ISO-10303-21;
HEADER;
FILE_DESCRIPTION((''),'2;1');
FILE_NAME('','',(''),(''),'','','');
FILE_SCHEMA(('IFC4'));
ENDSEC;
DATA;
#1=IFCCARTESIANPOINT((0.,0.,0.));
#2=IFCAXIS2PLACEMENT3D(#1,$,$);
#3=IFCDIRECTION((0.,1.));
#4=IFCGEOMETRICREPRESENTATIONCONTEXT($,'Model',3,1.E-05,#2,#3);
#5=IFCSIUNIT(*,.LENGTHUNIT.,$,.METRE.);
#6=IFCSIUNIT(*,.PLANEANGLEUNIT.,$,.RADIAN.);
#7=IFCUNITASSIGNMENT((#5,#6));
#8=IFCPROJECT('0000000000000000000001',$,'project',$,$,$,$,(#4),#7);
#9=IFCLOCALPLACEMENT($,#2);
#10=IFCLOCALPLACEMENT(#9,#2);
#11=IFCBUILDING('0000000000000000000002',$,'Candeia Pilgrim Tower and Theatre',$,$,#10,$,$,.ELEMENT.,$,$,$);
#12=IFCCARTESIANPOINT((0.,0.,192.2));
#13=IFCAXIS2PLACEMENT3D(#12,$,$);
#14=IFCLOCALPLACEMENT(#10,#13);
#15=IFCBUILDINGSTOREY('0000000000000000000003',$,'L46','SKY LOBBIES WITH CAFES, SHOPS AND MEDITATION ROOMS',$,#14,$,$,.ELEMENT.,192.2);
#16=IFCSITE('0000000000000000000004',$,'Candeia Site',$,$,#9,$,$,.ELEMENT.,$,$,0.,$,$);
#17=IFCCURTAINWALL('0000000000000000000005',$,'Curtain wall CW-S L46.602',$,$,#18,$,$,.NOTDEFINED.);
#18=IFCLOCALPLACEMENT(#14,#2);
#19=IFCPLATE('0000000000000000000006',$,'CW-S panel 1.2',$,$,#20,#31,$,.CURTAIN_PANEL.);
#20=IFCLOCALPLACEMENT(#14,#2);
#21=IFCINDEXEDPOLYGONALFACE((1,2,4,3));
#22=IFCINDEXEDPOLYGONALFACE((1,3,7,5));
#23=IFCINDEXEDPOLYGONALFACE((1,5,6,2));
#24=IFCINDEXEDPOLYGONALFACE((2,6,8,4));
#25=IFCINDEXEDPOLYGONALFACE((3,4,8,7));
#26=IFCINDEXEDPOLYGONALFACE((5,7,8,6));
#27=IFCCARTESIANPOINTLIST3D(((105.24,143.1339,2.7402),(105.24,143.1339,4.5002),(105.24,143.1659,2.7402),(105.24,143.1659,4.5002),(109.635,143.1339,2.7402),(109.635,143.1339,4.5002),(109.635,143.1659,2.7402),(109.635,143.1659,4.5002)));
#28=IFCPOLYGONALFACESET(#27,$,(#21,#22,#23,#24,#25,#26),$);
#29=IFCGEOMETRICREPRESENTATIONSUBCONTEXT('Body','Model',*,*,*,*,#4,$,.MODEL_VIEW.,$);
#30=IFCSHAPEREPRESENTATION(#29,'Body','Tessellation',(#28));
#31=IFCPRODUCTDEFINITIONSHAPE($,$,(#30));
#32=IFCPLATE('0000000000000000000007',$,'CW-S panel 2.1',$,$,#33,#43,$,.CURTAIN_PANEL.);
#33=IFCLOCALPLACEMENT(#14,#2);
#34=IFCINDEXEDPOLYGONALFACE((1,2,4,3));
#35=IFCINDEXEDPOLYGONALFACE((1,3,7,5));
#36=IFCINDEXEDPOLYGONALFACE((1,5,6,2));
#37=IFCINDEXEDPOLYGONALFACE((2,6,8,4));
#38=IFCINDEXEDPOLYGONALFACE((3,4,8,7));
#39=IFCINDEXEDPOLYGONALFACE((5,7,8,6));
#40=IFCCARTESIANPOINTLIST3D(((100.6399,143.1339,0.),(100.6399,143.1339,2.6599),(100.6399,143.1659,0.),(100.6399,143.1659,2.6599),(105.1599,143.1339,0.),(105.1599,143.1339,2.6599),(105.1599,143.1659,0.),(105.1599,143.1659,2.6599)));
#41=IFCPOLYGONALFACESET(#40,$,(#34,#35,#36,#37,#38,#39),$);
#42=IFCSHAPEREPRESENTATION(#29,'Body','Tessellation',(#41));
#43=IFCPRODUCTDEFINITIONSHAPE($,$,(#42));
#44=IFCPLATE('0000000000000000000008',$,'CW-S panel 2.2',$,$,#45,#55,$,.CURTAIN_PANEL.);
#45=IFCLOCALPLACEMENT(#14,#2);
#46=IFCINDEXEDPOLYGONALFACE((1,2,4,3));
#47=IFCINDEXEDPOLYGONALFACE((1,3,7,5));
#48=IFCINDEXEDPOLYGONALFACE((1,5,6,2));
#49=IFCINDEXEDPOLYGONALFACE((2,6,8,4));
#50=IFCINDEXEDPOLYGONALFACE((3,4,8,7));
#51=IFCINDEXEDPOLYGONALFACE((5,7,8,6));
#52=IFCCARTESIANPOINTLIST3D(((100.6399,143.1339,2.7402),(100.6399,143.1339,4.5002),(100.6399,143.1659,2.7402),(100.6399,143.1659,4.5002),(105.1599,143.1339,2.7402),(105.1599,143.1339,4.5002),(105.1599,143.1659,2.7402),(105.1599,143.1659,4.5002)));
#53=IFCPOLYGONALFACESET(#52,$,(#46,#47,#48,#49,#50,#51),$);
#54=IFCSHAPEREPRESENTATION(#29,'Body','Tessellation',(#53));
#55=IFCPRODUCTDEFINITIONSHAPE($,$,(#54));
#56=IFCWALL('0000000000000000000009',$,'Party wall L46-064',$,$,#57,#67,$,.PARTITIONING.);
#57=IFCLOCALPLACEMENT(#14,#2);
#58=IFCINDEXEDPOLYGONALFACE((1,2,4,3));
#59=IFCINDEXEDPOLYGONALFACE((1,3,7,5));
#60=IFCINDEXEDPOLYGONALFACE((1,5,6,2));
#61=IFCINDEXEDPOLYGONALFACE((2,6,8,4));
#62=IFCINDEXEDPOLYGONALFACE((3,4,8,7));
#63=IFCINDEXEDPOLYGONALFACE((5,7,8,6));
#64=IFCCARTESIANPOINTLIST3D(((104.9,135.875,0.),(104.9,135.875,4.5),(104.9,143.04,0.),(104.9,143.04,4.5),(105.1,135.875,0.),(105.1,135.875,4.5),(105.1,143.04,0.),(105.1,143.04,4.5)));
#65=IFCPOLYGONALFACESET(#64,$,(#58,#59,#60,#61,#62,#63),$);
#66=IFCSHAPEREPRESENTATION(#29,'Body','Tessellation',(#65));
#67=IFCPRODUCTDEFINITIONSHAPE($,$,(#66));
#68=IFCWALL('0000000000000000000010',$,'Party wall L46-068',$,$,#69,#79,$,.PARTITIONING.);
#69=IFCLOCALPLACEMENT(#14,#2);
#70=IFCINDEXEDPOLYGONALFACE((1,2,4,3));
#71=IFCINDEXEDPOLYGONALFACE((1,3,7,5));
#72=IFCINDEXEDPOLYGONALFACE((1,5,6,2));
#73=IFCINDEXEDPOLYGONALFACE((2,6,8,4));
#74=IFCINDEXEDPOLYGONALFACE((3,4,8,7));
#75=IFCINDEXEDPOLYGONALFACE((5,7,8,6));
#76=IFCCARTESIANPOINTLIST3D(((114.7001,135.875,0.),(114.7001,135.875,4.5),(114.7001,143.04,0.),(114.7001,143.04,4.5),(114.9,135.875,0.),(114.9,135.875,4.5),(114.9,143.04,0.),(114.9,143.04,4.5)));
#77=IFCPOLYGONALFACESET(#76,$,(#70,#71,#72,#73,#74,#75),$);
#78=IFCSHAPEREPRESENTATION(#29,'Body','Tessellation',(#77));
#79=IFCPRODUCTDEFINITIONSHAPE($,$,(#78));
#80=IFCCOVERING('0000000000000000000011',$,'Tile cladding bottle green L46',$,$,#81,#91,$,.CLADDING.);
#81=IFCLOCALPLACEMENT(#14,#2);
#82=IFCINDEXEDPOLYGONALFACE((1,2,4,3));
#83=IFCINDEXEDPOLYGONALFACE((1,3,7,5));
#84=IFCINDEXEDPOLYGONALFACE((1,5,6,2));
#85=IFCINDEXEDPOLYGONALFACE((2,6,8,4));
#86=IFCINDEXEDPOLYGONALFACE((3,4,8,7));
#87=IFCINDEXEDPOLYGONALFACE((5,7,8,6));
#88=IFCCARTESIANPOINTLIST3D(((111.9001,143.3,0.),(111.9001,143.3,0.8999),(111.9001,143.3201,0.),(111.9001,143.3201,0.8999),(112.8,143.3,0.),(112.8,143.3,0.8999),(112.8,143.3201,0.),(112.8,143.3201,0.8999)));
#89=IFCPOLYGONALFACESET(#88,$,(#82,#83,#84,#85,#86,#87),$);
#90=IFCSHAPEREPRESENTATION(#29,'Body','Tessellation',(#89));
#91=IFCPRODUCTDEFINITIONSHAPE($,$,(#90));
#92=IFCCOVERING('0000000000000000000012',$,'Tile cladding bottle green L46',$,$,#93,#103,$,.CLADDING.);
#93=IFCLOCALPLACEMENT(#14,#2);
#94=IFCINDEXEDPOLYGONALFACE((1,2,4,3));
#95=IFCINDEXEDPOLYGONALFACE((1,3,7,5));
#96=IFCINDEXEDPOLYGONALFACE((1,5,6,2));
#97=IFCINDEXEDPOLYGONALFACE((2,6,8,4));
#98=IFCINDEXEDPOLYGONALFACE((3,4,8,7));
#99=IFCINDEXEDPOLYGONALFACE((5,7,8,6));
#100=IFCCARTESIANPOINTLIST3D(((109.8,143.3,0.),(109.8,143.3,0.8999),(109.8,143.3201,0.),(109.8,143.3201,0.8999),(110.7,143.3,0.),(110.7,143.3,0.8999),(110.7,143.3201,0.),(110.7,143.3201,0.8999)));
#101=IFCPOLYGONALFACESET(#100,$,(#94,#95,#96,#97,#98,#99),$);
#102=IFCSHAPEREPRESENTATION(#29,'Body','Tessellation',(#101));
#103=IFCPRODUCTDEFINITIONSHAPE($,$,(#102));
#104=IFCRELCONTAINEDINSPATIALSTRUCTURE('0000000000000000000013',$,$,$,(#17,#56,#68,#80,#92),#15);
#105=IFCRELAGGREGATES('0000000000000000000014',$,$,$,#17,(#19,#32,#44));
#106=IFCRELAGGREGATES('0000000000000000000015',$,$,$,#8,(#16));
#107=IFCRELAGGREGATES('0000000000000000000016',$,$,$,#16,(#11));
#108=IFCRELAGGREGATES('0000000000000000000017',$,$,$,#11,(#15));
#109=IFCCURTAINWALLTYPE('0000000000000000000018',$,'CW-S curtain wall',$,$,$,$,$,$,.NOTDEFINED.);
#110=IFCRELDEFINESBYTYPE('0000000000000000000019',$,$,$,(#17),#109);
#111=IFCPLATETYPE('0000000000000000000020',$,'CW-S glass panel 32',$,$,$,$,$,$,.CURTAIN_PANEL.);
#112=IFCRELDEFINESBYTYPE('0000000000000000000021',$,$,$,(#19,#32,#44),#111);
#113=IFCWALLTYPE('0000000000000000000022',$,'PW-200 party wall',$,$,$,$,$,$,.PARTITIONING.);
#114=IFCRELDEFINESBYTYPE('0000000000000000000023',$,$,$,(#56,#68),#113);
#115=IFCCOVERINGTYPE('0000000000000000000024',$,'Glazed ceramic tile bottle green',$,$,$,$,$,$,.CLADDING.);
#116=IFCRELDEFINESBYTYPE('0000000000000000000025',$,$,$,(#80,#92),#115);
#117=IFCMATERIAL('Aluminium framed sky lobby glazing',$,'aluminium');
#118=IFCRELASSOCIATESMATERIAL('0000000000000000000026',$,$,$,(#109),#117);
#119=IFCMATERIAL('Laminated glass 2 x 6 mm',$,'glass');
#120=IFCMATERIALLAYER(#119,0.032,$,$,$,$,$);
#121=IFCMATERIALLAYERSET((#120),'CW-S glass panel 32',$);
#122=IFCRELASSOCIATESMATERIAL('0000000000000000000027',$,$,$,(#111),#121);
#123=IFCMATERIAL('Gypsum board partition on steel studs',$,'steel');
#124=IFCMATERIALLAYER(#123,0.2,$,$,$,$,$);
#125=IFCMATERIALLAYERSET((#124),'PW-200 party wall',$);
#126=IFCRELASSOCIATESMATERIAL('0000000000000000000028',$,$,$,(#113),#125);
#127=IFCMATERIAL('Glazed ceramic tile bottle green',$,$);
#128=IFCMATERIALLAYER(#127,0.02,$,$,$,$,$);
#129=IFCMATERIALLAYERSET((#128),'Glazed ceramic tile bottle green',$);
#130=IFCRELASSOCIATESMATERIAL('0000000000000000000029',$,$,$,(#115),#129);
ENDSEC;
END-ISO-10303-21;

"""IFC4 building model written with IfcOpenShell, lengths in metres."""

from ifc_helpers import new_model, si_unit, direction, frame, frame_2d, origin, origin_2d, place, context, subcontext, project, spatial, rectangle, extrude, material, layer, layer_set, type_object, element, aggregate, save


model = new_model("IFC4")

# Units and contexts
model_context = context("Model", 3, precision=1e-05, world=origin(), true_north=direction((0.0, 1.0)))
body_context = subcontext(model_context, "Body", "Model", "MODEL_VIEW")
ifc_project = project(units=[si_unit("LENGTHUNIT", "METRE"), si_unit("PLANEANGLEUNIT", "RADIAN")], contexts=[model_context])

# Site, building, storey
site_placement = place(None, origin())
site = spatial("IfcSite", under=ifc_project, at=site_placement, Name="Candeia Site", CompositionType="ELEMENT", RefElevation=0.0)
building_placement = place(site_placement, origin())
building = spatial("IfcBuilding", under=site, at=building_placement, Name="Candeia Pilgrim Tower and Theatre", CompositionType="ELEMENT")
storey_placement = place(building_placement, frame((0.0, 0.0, 192.2)))
storey = spatial("IfcBuildingStorey", under=building, at=storey_placement, Name="L46", Description="SKY LOBBIES WITH CAFES, SHOPS AND MEDITATION ROOMS", CompositionType="ELEMENT", Elevation=192.2)

# Shared definitions
ifc_material_1 = material(Name="Aluminium framed sky lobby glazing", Category="aluminium")
curtain_wall_type = type_object("IfcCurtainWallType", Name="CW-S curtain wall", PredefinedType="NOTDEFINED", material=ifc_material_1)

# Curtain wall
curtain_wall_1_placement = place(storey_placement, origin())
curtain_wall_1 = element("IfcCurtainWall", 1, at=curtain_wall_1_placement, inside=storey, type_object=curtain_wall_type, Name="Curtain wall CW-S L46.602", PredefinedType="NOTDEFINED")

# Plates
ifc_material_2 = material(Name="Laminated glass 2 x 6 mm", Category="glass")
ifc_layer_1 = layer(ifc_material_2, 0.032)
ifc_layer_set_1 = layer_set([ifc_layer_1], Name="CW-S glass panel 32")
plate_type = type_object("IfcPlateType", Name="CW-S glass panel 32", PredefinedType="CURTAIN_PANEL", material=ifc_layer_set_1)
plate_1_placement = place(storey_placement, frame((107.4375, 143.1499, 2.7402), z_axis=(0.0, 0.0, 1.0), x_axis=(-1.0, 0.0, 0.0)))
plate_1 = element("IfcPlate", 2, at=plate_1_placement, type_object=plate_type, Name="CW-S panel 1.2", PredefinedType="CURTAIN_PANEL", context=body_context, shape_type="SweptSolid", body=[
    extrude(rectangle(XDim=4.395, YDim=0.032, at=origin_2d()), origin(), (0.0, 0.0, 1.0), 1.76),
])
plate_2_placement = place(storey_placement, frame((102.8999, 143.1499, 0.0), z_axis=(0.0, 0.0, 1.0), x_axis=(-1.0, 0.0, 0.0)))
plate_2 = element("IfcPlate", 3, at=plate_2_placement, type_object=plate_type, Name="CW-S panel 2.1", PredefinedType="CURTAIN_PANEL", context=body_context, shape_type="SweptSolid", body=[
    extrude(rectangle(XDim=4.52, YDim=0.032, at=origin_2d()), origin(), (0.0, 0.0, 1.0), 2.6599),
])
plate_3_placement = place(storey_placement, frame((102.8999, 143.1499, 2.7402), z_axis=(0.0, 0.0, 1.0), x_axis=(-1.0, 0.0, 0.0)))
plate_3 = element("IfcPlate", 4, at=plate_3_placement, type_object=plate_type, Name="CW-S panel 2.2", PredefinedType="CURTAIN_PANEL", context=body_context, shape_type="SweptSolid", body=[
    extrude(rectangle(XDim=4.52, YDim=0.032, at=origin_2d()), origin(), (0.0, 0.0, 1.0), 1.76),
])
aggregate(curtain_wall_1, [plate_1, plate_2, plate_3])

# Walls
ifc_material_3 = material(Name="Gypsum board partition on steel studs", Category="steel")
ifc_layer_2 = layer(ifc_material_3, 0.2)
ifc_layer_set_2 = layer_set([ifc_layer_2], Name="PW-200 party wall")
wall_type_1 = type_object("IfcWallType", Name="PW-200 party wall", PredefinedType="PARTITIONING", material=ifc_layer_set_2)
for number, where, z_axis, x_axis, name in (
    (5, (105.0, 135.875, 0.0), (0.0, 0.0, 1.0), (0.0, 1.0, 0.0), "Party wall L46-064"),
    (6, (114.8, 135.875, 0.0), (0.0, 0.0, 1.0), (0.0, 1.0, 0.0), "Party wall L46-068"),
):
    element("IfcWall", number, at=place(storey_placement, frame(where, z_axis=z_axis, x_axis=x_axis)), inside=storey, type_object=wall_type_1, Name=name, PredefinedType="PARTITIONING", context=body_context, shape_type="SweptSolid", body=[
        extrude(rectangle(XDim=7.165, YDim=0.2, at=frame_2d((3.5825, 0.0))), origin(), (0.0, 0.0, 1.0), 4.5),
    ])

# Coverings
ifc_material_4 = material(Name="Glazed ceramic tile bottle green")
ifc_layer_3 = layer(ifc_material_4, 0.02)
ifc_layer_set_3 = layer_set([ifc_layer_3], Name="Glazed ceramic tile bottle green")
covering_type = type_object("IfcCoveringType", Name="Glazed ceramic tile bottle green", PredefinedType="CLADDING", material=ifc_layer_set_3)
for number, where, z_axis, x_axis, name in (
    (7, (112.3501, 143.3101, 0.0), (0.0, 0.0, 1.0), (-1.0, 0.0, 0.0), "Tile cladding bottle green L46"),
    (8, (110.25, 143.3101, 0.0), (0.0, 0.0, 1.0), (-1.0, 0.0, 0.0), "Tile cladding bottle green L46"),
):
    element("IfcCovering", number, at=place(storey_placement, frame(where, z_axis=z_axis, x_axis=x_axis)), inside=storey, type_object=covering_type, Name=name, PredefinedType="CLADDING", context=body_context, shape_type="SweptSolid", body=[
        extrude(rectangle(XDim=0.8999, YDim=0.02, at=origin_2d()), origin(), (0.0, 0.0, 1.0), 0.8999),
    ])

save(model, "model.ifc")
